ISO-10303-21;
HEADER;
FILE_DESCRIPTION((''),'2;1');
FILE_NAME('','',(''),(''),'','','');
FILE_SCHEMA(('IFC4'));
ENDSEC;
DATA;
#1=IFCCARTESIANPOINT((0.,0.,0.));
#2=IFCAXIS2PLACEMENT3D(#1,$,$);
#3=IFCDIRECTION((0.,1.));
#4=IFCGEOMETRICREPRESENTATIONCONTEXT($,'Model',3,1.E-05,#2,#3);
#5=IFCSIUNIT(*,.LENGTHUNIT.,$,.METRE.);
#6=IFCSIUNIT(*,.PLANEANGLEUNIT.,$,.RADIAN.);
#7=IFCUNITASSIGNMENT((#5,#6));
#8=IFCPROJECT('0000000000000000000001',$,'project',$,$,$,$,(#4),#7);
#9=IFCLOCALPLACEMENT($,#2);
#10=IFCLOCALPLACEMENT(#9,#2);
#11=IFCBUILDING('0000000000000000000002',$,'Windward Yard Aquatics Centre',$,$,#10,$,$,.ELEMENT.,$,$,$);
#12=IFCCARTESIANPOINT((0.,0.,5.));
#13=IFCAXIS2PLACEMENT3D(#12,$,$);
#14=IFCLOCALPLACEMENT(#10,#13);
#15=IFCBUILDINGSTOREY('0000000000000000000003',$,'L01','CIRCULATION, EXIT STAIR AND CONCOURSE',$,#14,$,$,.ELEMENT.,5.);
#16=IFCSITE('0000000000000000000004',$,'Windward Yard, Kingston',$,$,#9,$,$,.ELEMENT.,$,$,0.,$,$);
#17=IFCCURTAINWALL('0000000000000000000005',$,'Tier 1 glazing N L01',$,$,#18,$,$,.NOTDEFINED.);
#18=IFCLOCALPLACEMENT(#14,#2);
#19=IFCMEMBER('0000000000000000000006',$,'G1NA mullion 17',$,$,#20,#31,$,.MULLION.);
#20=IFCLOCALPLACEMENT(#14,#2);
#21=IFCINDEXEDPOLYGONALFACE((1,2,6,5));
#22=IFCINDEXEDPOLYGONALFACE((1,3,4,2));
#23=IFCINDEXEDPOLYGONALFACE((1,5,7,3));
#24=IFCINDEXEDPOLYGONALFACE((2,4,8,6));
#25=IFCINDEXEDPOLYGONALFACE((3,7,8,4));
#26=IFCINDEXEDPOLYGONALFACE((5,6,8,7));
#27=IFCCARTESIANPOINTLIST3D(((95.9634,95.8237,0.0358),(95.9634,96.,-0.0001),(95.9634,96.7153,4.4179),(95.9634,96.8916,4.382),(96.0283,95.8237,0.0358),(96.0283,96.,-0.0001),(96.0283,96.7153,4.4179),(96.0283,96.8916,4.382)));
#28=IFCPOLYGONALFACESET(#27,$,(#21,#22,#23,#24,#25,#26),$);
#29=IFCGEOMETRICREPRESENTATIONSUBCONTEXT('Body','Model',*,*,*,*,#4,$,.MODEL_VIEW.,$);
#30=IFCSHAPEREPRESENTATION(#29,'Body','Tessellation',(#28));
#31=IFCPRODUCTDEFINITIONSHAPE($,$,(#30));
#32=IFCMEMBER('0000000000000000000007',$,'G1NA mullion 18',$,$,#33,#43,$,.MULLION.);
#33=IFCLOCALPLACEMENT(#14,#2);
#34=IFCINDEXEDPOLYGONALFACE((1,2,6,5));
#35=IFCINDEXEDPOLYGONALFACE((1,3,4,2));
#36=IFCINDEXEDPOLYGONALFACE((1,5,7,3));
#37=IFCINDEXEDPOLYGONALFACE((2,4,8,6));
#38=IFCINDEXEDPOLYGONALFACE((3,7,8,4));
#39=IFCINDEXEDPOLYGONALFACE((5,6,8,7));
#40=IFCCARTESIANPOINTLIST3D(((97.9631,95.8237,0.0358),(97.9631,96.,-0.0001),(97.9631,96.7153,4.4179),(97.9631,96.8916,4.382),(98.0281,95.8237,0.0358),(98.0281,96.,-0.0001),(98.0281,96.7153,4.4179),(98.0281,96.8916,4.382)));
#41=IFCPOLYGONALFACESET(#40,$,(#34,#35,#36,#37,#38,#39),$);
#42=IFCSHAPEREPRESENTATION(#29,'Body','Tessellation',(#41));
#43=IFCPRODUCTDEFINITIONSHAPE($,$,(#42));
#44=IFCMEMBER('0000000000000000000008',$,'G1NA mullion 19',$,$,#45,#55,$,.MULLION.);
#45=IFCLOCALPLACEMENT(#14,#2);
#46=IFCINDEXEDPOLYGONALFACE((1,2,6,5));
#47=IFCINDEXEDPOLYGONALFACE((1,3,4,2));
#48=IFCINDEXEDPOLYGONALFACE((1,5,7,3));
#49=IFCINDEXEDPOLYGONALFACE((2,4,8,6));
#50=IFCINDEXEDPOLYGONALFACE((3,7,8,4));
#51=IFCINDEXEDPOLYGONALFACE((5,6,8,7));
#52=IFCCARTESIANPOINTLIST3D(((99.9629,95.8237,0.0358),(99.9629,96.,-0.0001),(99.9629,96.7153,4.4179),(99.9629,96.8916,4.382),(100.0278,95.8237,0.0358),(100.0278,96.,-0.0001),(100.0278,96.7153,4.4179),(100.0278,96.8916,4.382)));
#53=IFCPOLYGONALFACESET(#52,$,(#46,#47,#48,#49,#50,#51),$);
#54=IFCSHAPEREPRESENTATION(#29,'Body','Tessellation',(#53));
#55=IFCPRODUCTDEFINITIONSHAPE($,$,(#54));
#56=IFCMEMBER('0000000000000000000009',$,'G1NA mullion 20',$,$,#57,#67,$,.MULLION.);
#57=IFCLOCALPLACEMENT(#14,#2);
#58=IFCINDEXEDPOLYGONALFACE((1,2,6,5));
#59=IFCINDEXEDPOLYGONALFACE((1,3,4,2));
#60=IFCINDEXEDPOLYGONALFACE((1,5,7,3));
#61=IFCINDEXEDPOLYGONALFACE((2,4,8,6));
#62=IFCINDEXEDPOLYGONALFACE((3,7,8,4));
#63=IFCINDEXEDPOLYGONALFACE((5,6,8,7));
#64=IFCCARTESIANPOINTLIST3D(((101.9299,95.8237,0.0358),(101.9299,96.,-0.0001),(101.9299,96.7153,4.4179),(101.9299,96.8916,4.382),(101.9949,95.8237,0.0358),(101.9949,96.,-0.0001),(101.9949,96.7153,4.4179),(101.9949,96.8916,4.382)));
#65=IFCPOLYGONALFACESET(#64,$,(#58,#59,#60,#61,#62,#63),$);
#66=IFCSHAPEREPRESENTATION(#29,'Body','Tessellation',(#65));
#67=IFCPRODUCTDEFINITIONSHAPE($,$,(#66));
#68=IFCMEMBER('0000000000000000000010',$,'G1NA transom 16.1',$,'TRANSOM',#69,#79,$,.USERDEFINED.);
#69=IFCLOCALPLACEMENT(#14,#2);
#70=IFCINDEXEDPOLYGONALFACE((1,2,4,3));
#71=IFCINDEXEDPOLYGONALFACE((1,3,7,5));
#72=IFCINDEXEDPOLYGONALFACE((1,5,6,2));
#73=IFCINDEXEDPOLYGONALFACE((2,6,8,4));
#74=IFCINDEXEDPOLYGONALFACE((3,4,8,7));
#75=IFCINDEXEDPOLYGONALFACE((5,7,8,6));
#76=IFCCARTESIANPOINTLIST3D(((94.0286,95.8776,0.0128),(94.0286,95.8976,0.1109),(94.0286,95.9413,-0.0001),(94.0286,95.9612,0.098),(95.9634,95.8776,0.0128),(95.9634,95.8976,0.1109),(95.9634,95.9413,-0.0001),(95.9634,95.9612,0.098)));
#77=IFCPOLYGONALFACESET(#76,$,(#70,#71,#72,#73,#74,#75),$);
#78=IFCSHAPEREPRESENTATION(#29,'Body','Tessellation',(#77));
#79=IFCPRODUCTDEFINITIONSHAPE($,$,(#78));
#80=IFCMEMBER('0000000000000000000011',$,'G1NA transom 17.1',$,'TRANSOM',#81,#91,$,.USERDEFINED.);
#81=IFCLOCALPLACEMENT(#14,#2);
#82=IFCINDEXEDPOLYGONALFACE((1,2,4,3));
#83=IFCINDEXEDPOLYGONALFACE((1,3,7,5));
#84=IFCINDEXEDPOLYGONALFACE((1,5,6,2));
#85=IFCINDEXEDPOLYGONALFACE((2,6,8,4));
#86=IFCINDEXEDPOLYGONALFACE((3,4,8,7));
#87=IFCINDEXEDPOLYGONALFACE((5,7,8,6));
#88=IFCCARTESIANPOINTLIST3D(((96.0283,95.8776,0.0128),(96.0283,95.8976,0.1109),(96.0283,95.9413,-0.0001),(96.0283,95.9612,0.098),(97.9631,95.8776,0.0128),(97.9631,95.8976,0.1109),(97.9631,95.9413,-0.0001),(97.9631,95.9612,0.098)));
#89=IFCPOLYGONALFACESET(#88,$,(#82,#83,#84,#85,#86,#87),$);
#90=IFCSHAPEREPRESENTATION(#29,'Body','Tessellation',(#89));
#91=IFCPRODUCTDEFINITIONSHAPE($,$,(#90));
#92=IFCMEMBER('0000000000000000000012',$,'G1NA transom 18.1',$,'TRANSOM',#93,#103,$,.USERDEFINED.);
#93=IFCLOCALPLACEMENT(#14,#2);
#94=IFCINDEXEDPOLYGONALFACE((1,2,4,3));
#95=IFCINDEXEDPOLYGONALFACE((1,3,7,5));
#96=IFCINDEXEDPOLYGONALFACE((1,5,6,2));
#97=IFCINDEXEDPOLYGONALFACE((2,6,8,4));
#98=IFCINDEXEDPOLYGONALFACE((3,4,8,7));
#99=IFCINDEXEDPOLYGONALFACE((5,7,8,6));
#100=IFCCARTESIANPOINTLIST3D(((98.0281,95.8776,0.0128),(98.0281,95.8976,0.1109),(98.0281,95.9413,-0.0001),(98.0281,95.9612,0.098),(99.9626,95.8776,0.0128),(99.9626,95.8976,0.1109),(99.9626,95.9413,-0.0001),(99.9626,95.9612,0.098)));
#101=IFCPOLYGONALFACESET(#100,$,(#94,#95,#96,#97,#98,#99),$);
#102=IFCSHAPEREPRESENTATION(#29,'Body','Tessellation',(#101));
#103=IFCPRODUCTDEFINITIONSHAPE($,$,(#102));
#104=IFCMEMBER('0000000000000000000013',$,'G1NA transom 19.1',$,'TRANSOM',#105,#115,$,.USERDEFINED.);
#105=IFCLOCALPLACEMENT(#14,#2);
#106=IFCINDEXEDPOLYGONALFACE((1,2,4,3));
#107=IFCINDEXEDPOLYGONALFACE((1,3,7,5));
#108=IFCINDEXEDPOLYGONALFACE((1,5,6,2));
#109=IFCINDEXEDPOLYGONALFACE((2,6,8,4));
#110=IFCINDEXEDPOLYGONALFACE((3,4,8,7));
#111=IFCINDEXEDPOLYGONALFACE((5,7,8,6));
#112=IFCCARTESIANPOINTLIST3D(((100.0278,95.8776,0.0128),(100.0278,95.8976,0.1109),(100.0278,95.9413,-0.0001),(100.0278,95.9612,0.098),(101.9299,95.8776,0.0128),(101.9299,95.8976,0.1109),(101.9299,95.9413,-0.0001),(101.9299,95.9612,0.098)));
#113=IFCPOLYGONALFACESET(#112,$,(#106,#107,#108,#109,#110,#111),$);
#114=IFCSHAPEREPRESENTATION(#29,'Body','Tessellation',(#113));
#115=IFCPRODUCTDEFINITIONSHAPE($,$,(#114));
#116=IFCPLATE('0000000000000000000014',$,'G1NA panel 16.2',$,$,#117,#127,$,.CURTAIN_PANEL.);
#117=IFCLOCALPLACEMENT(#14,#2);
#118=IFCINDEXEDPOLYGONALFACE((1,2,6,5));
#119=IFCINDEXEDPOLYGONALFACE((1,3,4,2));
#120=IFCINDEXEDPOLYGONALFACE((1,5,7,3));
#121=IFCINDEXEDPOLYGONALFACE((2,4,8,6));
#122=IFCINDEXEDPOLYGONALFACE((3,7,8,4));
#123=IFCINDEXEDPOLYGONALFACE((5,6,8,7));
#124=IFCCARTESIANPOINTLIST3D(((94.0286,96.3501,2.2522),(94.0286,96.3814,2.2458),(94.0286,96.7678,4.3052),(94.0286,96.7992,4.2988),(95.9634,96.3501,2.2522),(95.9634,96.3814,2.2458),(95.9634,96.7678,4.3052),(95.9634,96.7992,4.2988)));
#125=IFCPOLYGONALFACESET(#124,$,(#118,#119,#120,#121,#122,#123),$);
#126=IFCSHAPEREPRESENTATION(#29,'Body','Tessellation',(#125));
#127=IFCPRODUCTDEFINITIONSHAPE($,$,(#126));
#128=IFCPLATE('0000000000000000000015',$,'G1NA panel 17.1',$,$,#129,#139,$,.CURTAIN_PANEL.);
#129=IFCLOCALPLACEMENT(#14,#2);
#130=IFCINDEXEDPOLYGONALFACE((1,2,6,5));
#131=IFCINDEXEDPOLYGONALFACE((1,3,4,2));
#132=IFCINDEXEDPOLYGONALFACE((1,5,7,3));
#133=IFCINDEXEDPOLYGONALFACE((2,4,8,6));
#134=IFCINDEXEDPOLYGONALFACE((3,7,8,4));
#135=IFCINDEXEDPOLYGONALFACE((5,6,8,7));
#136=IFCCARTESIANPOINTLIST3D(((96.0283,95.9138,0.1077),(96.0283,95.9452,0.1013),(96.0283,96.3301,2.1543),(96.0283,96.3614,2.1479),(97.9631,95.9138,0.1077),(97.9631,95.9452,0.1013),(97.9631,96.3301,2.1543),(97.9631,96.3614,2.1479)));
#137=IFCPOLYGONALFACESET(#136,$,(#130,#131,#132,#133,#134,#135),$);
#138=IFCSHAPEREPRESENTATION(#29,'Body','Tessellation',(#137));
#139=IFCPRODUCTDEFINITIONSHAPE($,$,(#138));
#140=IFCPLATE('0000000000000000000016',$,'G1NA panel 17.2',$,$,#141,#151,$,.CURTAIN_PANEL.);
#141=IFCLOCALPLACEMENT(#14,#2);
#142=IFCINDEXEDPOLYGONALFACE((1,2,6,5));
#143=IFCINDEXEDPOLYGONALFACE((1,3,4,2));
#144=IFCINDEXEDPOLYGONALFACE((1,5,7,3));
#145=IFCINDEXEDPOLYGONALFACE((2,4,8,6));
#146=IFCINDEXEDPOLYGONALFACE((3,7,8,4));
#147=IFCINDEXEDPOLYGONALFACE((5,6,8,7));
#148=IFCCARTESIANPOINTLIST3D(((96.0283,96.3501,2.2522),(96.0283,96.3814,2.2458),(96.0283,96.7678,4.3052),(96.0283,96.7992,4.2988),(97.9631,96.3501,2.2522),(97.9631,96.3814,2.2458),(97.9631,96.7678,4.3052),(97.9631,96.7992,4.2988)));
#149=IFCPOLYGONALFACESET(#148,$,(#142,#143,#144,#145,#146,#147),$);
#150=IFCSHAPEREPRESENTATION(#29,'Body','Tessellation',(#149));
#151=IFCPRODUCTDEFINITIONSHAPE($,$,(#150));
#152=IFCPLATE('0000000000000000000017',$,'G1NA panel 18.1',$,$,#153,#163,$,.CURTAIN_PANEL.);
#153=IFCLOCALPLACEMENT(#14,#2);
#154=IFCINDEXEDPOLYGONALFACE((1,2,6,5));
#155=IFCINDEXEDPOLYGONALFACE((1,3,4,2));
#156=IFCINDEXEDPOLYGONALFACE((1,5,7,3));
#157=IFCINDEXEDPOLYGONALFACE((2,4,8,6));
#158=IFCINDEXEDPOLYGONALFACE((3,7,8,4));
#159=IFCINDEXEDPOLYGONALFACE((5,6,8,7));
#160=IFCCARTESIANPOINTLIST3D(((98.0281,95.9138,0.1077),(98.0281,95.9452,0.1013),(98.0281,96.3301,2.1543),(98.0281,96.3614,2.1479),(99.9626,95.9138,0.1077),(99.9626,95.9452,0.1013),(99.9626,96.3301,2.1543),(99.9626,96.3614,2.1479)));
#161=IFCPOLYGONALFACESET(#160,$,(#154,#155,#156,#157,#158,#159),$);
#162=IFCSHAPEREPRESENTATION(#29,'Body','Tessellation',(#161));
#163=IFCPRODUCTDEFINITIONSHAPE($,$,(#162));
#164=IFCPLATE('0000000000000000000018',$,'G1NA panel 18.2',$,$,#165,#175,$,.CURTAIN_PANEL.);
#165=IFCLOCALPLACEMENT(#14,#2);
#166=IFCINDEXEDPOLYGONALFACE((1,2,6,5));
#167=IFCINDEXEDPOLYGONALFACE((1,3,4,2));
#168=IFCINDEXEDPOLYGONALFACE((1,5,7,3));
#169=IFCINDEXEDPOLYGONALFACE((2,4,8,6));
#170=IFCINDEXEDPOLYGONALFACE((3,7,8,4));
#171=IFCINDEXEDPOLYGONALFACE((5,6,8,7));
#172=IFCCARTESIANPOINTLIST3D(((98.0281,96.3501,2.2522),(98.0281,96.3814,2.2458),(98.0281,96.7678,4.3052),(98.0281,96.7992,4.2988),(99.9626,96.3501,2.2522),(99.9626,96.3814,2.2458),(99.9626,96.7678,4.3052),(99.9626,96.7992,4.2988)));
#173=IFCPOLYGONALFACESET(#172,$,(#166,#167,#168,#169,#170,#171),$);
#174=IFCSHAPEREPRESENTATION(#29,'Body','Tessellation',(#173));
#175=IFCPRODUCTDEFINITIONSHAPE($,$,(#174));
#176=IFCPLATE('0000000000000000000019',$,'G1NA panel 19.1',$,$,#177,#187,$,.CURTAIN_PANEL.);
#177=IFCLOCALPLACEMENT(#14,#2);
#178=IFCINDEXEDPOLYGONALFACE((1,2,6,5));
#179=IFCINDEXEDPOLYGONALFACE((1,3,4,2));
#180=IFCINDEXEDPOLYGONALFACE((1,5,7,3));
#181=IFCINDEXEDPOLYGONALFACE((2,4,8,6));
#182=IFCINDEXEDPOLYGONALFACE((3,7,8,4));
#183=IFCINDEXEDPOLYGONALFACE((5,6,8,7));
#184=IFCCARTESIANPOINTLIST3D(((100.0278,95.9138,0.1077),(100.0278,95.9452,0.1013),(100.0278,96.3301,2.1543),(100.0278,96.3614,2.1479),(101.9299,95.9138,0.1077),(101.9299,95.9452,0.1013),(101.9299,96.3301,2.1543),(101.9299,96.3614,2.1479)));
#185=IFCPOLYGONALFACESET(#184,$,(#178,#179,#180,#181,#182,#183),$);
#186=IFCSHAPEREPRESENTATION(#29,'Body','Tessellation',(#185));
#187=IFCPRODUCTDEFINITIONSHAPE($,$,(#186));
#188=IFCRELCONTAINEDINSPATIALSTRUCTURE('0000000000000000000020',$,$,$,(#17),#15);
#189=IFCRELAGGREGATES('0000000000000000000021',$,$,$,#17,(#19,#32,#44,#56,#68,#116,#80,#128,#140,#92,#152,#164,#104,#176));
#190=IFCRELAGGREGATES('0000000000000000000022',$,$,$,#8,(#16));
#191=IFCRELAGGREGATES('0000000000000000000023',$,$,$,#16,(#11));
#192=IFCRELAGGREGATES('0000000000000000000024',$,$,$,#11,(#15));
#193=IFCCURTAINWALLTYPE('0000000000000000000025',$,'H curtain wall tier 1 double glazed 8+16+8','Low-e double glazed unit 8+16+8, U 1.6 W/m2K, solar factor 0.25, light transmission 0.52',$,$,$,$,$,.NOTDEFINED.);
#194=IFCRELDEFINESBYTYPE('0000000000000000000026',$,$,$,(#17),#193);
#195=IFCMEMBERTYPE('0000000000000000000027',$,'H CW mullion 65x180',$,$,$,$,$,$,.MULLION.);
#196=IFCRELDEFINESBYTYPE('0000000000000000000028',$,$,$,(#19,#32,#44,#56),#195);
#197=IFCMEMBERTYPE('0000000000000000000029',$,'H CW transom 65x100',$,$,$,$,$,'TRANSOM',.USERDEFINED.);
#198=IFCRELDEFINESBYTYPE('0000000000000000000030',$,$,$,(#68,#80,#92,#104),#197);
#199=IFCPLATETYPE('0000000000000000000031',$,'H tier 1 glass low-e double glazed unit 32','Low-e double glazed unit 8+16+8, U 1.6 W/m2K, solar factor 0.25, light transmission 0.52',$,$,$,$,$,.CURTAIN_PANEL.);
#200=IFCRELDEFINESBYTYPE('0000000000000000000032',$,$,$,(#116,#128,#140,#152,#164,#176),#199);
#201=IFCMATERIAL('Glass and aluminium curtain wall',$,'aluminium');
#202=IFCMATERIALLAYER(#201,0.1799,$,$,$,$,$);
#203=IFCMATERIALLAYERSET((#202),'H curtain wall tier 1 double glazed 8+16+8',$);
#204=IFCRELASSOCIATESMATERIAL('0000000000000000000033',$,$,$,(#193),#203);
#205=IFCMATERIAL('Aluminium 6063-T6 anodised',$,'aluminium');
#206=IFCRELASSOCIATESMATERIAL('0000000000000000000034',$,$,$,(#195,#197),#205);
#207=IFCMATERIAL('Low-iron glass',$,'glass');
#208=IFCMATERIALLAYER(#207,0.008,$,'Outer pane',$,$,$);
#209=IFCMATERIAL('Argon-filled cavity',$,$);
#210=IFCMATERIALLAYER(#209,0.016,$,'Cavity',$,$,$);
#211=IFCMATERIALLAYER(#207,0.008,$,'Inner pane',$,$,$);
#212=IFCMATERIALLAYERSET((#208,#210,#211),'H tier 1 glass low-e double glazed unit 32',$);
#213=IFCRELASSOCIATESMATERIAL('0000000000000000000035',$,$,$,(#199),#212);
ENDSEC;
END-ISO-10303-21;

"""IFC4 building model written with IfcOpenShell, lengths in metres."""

from ifc_helpers import new_model, si_unit, direction, frame, origin, origin_2d, place, context, subcontext, project, spatial, polyline, rectangle, outline, extrude, material, layer, layer_set, material_profile, profile_set, type_object, element, aggregate, save


model = new_model("IFC4")

# Units and contexts
model_context = context("Model", 3, precision=1e-05, world=origin(), true_north=direction((0.0, 1.0)))
body_context = subcontext(model_context, "Body", "Model", "MODEL_VIEW")
ifc_project = project(units=[si_unit("LENGTHUNIT", "METRE"), si_unit("PLANEANGLEUNIT", "RADIAN")], contexts=[model_context])

# Site, building, storey
site_placement = place(None, origin())
site = spatial("IfcSite", under=ifc_project, at=site_placement, Name="Windward Yard, Kingston", CompositionType="ELEMENT", RefElevation=0.0)
building_placement = place(site_placement, origin())
building = spatial("IfcBuilding", under=site, at=building_placement, Name="Windward Yard Aquatics Centre", CompositionType="ELEMENT")
storey_placement = place(building_placement, frame((0.0, 0.0, 5.0)))
storey = spatial("IfcBuildingStorey", under=building, at=storey_placement, Name="L01", Description="CIRCULATION, EXIT STAIR AND CONCOURSE", CompositionType="ELEMENT", Elevation=5.0)

# Curtain wall, members, plates
ifc_material_1 = material(Name="Glass and aluminium curtain wall", Category="aluminium")
ifc_layer_1 = layer(ifc_material_1, 0.1799)
ifc_layer_set_1 = layer_set([ifc_layer_1], Name="H curtain wall tier 1 double glazed 8+16+8")
curtain_wall_type = type_object("IfcCurtainWallType", Name="H curtain wall tier 1 double glazed 8+16+8", Description="Low-e double glazed unit 8+16+8, U 1.6 W/m2K, solar factor 0.25, light transmission 0.52", PredefinedType="NOTDEFINED", material=ifc_layer_set_1)
curtain_wall_placement = place(storey_placement, origin())
curtain_wall = element("IfcCurtainWall", 1, at=curtain_wall_placement, inside=storey, type_object=curtain_wall_type, Name="Tier 1 glazing N L01", PredefinedType="NOTDEFINED")
ifc_material_2 = material(Name="Aluminium 6063-T6 anodised", Category="aluminium")
ifc_material_profile_1 = material_profile(ifc_material_2, rectangle(XDim=0.0649, YDim=0.1799, at=origin_2d()), Name="H CW mullion 65x180")
ifc_profile_set_1 = profile_set([ifc_material_profile_1], Name="Aluminium 6063-T6 anodised")
member_type_1 = type_object("IfcMemberType", Name="H CW mullion 65x180", PredefinedType="MULLION", material=ifc_profile_set_1)
member_1_placement = place(storey_placement, frame((95.9958, 95.9119, 0.0178), z_axis=(0.0, 0.19938, 0.979922), x_axis=(-1.0, 0.0, 0.0)))
member_1 = element("IfcMember", 2, at=member_1_placement, type_object=member_type_1, Name="G1NA mullion 17", PredefinedType="MULLION", context=body_context, shape_type="SweptSolid", body=[
    extrude(rectangle(XDim=0.0649, YDim=0.1799, at=origin_2d()), origin(), (0.0, 0.0, 1.0), 4.4719),
])
member_2_placement = place(storey_placement, frame((97.9956, 95.9119, 0.0178), z_axis=(0.0, 0.19938, 0.979922), x_axis=(-1.0, 0.0, 0.0)))
member_2 = element("IfcMember", 3, at=member_2_placement, type_object=member_type_1, Name="G1NA mullion 18", PredefinedType="MULLION", context=body_context, shape_type="SweptSolid", body=[
    extrude(rectangle(XDim=0.0649, YDim=0.1799, at=origin_2d()), origin(), (0.0, 0.0, 1.0), 4.4719),
])
member_3_placement = place(storey_placement, frame((99.9954, 95.9119, 0.0178), z_axis=(0.0, 0.19938, 0.979922), x_axis=(-1.0, 0.0, 0.0)))
member_3 = element("IfcMember", 4, at=member_3_placement, type_object=member_type_1, Name="G1NA mullion 19", PredefinedType="MULLION", context=body_context, shape_type="SweptSolid", body=[
    extrude(rectangle(XDim=0.0649, YDim=0.1799, at=origin_2d()), origin(), (0.0, 0.0, 1.0), 4.4719),
])
member_4_placement = place(storey_placement, frame((101.9624, 95.9119, 0.0178), z_axis=(0.0, 0.19938, 0.979922), x_axis=(-1.0, 0.0, 0.0)))
member_4 = element("IfcMember", 5, at=member_4_placement, type_object=member_type_1, Name="G1NA mullion 20", PredefinedType="MULLION", context=body_context, shape_type="SweptSolid", body=[
    extrude(rectangle(XDim=0.0649, YDim=0.1799, at=origin_2d()), origin(), (0.0, 0.0, 1.0), 4.4719),
])
ifc_material_profile_2 = material_profile(ifc_material_2, rectangle(XDim=0.0649, YDim=0.1001, at=origin_2d()), Name="H CW transom 65x100")
ifc_profile_set_2 = profile_set([ifc_material_profile_2], Name="Aluminium 6063-T6 anodised")
member_type_2 = type_object("IfcMemberType", Name="H CW transom 65x100", ElementType="TRANSOM", PredefinedType="USERDEFINED", material=ifc_profile_set_2)
member_5_placement = place(storey_placement, frame((94.0286, 95.9194, 0.0554), z_axis=(1.0, 0.0, 0.0), x_axis=(0.0, -0.979925, 0.199368)))
member_5 = element("IfcMember", 6, at=member_5_placement, type_object=member_type_2, Name="G1NA transom 16.1", ObjectType="TRANSOM", PredefinedType="USERDEFINED", context=body_context, shape_type="SweptSolid", body=[
    extrude(rectangle(XDim=0.0649, YDim=0.1001, at=origin_2d()), origin(), (0.0, 0.0, 1.0), 1.9348),
])
member_6_placement = place(storey_placement, frame((96.0283, 95.9194, 0.0554), z_axis=(1.0, 0.0, 0.0), x_axis=(0.0, -0.979925, 0.199368)))
member_6 = element("IfcMember", 7, at=member_6_placement, type_object=member_type_2, Name="G1NA transom 17.1", ObjectType="TRANSOM", PredefinedType="USERDEFINED", context=body_context, shape_type="SweptSolid", body=[
    extrude(rectangle(XDim=0.0649, YDim=0.1001, at=origin_2d()), origin(), (0.0, 0.0, 1.0), 1.9348),
])
member_7_placement = place(storey_placement, frame((98.0281, 95.9194, 0.0554), z_axis=(1.0, 0.0, 0.0), x_axis=(0.0, -0.979925, 0.199368)))
member_7 = element("IfcMember", 8, at=member_7_placement, type_object=member_type_2, Name="G1NA transom 18.1", ObjectType="TRANSOM", PredefinedType="USERDEFINED", context=body_context, shape_type="SweptSolid", body=[
    extrude(rectangle(XDim=0.0649, YDim=0.1001, at=origin_2d()), origin(), (0.0, 0.0, 1.0), 1.9346),
])
member_8_placement = place(storey_placement, frame((100.0278, 95.9194, 0.0554), z_axis=(1.0, 0.0, 0.0), x_axis=(0.0, -0.979925, 0.199368)))
member_8 = element("IfcMember", 9, at=member_8_placement, type_object=member_type_2, Name="G1NA transom 19.1", ObjectType="TRANSOM", PredefinedType="USERDEFINED", context=body_context, shape_type="SweptSolid", body=[
    extrude(rectangle(XDim=0.0649, YDim=0.1001, at=origin_2d()), origin(), (0.0, 0.0, 1.0), 1.9021),
])
ifc_material_3 = material(Name="Low-iron glass", Category="glass")
ifc_layer_2 = layer(ifc_material_3, 0.008, Name="Outer pane")
ifc_material_4 = material(Name="Argon-filled cavity")
ifc_layer_3 = layer(ifc_material_4, 0.016, Name="Cavity")
ifc_layer_4 = layer(ifc_material_3, 0.008, Name="Inner pane")
ifc_layer_set_2 = layer_set([ifc_layer_2, ifc_layer_3, ifc_layer_4], Name="H tier 1 glass low-e double glazed unit 32")
plate_type = type_object("IfcPlateType", Name="H tier 1 glass low-e double glazed unit 32", Description="Low-e double glazed unit 8+16+8, U 1.6 W/m2K, solar factor 0.25, light transmission 0.52", PredefinedType="CURTAIN_PANEL", material=ifc_layer_set_2)
plate_1_placement = place(storey_placement, frame((94.0286, 96.3501, 2.2522), z_axis=(0.0, -0.979921, 0.199387), x_axis=(1.0, 0.0, 0.0)))
plate_1 = element("IfcPlate", 10, at=plate_1_placement, type_object=plate_type, Name="G1NA panel 16.2", PredefinedType="CURTAIN_PANEL", context=body_context, shape_type="SweptSolid", body=[
    extrude(outline(polyline([(0.0, 0.0), (1.9348, 0.0), (1.9348, 2.095), (0.0, 2.095), (0.0, 0.0)])), origin(), (0.0, 0.0, -1.0), 0.032),
])
plate_2_placement = place(storey_placement, frame((96.0283, 95.9138, 0.1077), z_axis=(0.0, -0.979937, 0.199307), x_axis=(1.0, 0.0, 0.0)))
plate_2 = element("IfcPlate", 11, at=plate_2_placement, type_object=plate_type, Name="G1NA panel 17.1", PredefinedType="CURTAIN_PANEL", context=body_context, shape_type="SweptSolid", body=[
    extrude(outline(polyline([(0.0, 0.0), (1.9348, 0.0), (1.9348, 2.0885), (0.0, 2.0885), (0.0, 0.0)])), origin(), (0.0, 0.0, -1.0), 0.032),
])
plate_3_placement = place(storey_placement, frame((96.0283, 96.3501, 2.2522), z_axis=(0.0, -0.979921, 0.199387), x_axis=(1.0, 0.0, 0.0)))
plate_3 = element("IfcPlate", 12, at=plate_3_placement, type_object=plate_type, Name="G1NA panel 17.2", PredefinedType="CURTAIN_PANEL", context=body_context, shape_type="SweptSolid", body=[
    extrude(outline(polyline([(0.0, 0.0), (1.9348, 0.0), (1.9348, 2.095), (0.0, 2.095), (0.0, 0.0)])), origin(), (0.0, 0.0, -1.0), 0.032),
])
plate_4_placement = place(storey_placement, frame((98.0281, 95.9138, 0.1077), z_axis=(0.0, -0.979937, 0.199307), x_axis=(1.0, 0.0, 0.0)))
plate_4 = element("IfcPlate", 13, at=plate_4_placement, type_object=plate_type, Name="G1NA panel 18.1", PredefinedType="CURTAIN_PANEL", context=body_context, shape_type="SweptSolid", body=[
    extrude(outline(polyline([(0.0, 0.0), (1.9346, 0.0), (1.9346, 2.0885), (0.0, 2.0885), (0.0, 0.0)])), origin(), (0.0, 0.0, -1.0), 0.032),
])
plate_5_placement = place(storey_placement, frame((98.0281, 96.3501, 2.2522), z_axis=(0.0, -0.979921, 0.199387), x_axis=(1.0, 0.0, 0.0)))
plate_5 = element("IfcPlate", 14, at=plate_5_placement, type_object=plate_type, Name="G1NA panel 18.2", PredefinedType="CURTAIN_PANEL", context=body_context, shape_type="SweptSolid", body=[
    extrude(outline(polyline([(0.0, 0.0), (1.9346, 0.0), (1.9346, 2.095), (0.0, 2.095), (0.0, 0.0)])), origin(), (0.0, 0.0, -1.0), 0.032),
])
plate_6_placement = place(storey_placement, frame((100.0278, 95.9138, 0.1077), z_axis=(0.0, -0.979937, 0.199307), x_axis=(1.0, 0.0, 0.0)))
plate_6 = element("IfcPlate", 15, at=plate_6_placement, type_object=plate_type, Name="G1NA panel 19.1", PredefinedType="CURTAIN_PANEL", context=body_context, shape_type="SweptSolid", body=[
    extrude(outline(polyline([(0.0, 0.0), (1.9021, 0.0), (1.9021, 2.0885), (0.0, 2.0885), (0.0, 0.0)])), origin(), (0.0, 0.0, -1.0), 0.032),
])
aggregate(curtain_wall, [member_1, member_2, member_3, member_4, member_5, plate_1, member_6, plate_2, plate_3, member_7, plate_4, plate_5, member_8, plate_6])

save(model, "model.ifc")
